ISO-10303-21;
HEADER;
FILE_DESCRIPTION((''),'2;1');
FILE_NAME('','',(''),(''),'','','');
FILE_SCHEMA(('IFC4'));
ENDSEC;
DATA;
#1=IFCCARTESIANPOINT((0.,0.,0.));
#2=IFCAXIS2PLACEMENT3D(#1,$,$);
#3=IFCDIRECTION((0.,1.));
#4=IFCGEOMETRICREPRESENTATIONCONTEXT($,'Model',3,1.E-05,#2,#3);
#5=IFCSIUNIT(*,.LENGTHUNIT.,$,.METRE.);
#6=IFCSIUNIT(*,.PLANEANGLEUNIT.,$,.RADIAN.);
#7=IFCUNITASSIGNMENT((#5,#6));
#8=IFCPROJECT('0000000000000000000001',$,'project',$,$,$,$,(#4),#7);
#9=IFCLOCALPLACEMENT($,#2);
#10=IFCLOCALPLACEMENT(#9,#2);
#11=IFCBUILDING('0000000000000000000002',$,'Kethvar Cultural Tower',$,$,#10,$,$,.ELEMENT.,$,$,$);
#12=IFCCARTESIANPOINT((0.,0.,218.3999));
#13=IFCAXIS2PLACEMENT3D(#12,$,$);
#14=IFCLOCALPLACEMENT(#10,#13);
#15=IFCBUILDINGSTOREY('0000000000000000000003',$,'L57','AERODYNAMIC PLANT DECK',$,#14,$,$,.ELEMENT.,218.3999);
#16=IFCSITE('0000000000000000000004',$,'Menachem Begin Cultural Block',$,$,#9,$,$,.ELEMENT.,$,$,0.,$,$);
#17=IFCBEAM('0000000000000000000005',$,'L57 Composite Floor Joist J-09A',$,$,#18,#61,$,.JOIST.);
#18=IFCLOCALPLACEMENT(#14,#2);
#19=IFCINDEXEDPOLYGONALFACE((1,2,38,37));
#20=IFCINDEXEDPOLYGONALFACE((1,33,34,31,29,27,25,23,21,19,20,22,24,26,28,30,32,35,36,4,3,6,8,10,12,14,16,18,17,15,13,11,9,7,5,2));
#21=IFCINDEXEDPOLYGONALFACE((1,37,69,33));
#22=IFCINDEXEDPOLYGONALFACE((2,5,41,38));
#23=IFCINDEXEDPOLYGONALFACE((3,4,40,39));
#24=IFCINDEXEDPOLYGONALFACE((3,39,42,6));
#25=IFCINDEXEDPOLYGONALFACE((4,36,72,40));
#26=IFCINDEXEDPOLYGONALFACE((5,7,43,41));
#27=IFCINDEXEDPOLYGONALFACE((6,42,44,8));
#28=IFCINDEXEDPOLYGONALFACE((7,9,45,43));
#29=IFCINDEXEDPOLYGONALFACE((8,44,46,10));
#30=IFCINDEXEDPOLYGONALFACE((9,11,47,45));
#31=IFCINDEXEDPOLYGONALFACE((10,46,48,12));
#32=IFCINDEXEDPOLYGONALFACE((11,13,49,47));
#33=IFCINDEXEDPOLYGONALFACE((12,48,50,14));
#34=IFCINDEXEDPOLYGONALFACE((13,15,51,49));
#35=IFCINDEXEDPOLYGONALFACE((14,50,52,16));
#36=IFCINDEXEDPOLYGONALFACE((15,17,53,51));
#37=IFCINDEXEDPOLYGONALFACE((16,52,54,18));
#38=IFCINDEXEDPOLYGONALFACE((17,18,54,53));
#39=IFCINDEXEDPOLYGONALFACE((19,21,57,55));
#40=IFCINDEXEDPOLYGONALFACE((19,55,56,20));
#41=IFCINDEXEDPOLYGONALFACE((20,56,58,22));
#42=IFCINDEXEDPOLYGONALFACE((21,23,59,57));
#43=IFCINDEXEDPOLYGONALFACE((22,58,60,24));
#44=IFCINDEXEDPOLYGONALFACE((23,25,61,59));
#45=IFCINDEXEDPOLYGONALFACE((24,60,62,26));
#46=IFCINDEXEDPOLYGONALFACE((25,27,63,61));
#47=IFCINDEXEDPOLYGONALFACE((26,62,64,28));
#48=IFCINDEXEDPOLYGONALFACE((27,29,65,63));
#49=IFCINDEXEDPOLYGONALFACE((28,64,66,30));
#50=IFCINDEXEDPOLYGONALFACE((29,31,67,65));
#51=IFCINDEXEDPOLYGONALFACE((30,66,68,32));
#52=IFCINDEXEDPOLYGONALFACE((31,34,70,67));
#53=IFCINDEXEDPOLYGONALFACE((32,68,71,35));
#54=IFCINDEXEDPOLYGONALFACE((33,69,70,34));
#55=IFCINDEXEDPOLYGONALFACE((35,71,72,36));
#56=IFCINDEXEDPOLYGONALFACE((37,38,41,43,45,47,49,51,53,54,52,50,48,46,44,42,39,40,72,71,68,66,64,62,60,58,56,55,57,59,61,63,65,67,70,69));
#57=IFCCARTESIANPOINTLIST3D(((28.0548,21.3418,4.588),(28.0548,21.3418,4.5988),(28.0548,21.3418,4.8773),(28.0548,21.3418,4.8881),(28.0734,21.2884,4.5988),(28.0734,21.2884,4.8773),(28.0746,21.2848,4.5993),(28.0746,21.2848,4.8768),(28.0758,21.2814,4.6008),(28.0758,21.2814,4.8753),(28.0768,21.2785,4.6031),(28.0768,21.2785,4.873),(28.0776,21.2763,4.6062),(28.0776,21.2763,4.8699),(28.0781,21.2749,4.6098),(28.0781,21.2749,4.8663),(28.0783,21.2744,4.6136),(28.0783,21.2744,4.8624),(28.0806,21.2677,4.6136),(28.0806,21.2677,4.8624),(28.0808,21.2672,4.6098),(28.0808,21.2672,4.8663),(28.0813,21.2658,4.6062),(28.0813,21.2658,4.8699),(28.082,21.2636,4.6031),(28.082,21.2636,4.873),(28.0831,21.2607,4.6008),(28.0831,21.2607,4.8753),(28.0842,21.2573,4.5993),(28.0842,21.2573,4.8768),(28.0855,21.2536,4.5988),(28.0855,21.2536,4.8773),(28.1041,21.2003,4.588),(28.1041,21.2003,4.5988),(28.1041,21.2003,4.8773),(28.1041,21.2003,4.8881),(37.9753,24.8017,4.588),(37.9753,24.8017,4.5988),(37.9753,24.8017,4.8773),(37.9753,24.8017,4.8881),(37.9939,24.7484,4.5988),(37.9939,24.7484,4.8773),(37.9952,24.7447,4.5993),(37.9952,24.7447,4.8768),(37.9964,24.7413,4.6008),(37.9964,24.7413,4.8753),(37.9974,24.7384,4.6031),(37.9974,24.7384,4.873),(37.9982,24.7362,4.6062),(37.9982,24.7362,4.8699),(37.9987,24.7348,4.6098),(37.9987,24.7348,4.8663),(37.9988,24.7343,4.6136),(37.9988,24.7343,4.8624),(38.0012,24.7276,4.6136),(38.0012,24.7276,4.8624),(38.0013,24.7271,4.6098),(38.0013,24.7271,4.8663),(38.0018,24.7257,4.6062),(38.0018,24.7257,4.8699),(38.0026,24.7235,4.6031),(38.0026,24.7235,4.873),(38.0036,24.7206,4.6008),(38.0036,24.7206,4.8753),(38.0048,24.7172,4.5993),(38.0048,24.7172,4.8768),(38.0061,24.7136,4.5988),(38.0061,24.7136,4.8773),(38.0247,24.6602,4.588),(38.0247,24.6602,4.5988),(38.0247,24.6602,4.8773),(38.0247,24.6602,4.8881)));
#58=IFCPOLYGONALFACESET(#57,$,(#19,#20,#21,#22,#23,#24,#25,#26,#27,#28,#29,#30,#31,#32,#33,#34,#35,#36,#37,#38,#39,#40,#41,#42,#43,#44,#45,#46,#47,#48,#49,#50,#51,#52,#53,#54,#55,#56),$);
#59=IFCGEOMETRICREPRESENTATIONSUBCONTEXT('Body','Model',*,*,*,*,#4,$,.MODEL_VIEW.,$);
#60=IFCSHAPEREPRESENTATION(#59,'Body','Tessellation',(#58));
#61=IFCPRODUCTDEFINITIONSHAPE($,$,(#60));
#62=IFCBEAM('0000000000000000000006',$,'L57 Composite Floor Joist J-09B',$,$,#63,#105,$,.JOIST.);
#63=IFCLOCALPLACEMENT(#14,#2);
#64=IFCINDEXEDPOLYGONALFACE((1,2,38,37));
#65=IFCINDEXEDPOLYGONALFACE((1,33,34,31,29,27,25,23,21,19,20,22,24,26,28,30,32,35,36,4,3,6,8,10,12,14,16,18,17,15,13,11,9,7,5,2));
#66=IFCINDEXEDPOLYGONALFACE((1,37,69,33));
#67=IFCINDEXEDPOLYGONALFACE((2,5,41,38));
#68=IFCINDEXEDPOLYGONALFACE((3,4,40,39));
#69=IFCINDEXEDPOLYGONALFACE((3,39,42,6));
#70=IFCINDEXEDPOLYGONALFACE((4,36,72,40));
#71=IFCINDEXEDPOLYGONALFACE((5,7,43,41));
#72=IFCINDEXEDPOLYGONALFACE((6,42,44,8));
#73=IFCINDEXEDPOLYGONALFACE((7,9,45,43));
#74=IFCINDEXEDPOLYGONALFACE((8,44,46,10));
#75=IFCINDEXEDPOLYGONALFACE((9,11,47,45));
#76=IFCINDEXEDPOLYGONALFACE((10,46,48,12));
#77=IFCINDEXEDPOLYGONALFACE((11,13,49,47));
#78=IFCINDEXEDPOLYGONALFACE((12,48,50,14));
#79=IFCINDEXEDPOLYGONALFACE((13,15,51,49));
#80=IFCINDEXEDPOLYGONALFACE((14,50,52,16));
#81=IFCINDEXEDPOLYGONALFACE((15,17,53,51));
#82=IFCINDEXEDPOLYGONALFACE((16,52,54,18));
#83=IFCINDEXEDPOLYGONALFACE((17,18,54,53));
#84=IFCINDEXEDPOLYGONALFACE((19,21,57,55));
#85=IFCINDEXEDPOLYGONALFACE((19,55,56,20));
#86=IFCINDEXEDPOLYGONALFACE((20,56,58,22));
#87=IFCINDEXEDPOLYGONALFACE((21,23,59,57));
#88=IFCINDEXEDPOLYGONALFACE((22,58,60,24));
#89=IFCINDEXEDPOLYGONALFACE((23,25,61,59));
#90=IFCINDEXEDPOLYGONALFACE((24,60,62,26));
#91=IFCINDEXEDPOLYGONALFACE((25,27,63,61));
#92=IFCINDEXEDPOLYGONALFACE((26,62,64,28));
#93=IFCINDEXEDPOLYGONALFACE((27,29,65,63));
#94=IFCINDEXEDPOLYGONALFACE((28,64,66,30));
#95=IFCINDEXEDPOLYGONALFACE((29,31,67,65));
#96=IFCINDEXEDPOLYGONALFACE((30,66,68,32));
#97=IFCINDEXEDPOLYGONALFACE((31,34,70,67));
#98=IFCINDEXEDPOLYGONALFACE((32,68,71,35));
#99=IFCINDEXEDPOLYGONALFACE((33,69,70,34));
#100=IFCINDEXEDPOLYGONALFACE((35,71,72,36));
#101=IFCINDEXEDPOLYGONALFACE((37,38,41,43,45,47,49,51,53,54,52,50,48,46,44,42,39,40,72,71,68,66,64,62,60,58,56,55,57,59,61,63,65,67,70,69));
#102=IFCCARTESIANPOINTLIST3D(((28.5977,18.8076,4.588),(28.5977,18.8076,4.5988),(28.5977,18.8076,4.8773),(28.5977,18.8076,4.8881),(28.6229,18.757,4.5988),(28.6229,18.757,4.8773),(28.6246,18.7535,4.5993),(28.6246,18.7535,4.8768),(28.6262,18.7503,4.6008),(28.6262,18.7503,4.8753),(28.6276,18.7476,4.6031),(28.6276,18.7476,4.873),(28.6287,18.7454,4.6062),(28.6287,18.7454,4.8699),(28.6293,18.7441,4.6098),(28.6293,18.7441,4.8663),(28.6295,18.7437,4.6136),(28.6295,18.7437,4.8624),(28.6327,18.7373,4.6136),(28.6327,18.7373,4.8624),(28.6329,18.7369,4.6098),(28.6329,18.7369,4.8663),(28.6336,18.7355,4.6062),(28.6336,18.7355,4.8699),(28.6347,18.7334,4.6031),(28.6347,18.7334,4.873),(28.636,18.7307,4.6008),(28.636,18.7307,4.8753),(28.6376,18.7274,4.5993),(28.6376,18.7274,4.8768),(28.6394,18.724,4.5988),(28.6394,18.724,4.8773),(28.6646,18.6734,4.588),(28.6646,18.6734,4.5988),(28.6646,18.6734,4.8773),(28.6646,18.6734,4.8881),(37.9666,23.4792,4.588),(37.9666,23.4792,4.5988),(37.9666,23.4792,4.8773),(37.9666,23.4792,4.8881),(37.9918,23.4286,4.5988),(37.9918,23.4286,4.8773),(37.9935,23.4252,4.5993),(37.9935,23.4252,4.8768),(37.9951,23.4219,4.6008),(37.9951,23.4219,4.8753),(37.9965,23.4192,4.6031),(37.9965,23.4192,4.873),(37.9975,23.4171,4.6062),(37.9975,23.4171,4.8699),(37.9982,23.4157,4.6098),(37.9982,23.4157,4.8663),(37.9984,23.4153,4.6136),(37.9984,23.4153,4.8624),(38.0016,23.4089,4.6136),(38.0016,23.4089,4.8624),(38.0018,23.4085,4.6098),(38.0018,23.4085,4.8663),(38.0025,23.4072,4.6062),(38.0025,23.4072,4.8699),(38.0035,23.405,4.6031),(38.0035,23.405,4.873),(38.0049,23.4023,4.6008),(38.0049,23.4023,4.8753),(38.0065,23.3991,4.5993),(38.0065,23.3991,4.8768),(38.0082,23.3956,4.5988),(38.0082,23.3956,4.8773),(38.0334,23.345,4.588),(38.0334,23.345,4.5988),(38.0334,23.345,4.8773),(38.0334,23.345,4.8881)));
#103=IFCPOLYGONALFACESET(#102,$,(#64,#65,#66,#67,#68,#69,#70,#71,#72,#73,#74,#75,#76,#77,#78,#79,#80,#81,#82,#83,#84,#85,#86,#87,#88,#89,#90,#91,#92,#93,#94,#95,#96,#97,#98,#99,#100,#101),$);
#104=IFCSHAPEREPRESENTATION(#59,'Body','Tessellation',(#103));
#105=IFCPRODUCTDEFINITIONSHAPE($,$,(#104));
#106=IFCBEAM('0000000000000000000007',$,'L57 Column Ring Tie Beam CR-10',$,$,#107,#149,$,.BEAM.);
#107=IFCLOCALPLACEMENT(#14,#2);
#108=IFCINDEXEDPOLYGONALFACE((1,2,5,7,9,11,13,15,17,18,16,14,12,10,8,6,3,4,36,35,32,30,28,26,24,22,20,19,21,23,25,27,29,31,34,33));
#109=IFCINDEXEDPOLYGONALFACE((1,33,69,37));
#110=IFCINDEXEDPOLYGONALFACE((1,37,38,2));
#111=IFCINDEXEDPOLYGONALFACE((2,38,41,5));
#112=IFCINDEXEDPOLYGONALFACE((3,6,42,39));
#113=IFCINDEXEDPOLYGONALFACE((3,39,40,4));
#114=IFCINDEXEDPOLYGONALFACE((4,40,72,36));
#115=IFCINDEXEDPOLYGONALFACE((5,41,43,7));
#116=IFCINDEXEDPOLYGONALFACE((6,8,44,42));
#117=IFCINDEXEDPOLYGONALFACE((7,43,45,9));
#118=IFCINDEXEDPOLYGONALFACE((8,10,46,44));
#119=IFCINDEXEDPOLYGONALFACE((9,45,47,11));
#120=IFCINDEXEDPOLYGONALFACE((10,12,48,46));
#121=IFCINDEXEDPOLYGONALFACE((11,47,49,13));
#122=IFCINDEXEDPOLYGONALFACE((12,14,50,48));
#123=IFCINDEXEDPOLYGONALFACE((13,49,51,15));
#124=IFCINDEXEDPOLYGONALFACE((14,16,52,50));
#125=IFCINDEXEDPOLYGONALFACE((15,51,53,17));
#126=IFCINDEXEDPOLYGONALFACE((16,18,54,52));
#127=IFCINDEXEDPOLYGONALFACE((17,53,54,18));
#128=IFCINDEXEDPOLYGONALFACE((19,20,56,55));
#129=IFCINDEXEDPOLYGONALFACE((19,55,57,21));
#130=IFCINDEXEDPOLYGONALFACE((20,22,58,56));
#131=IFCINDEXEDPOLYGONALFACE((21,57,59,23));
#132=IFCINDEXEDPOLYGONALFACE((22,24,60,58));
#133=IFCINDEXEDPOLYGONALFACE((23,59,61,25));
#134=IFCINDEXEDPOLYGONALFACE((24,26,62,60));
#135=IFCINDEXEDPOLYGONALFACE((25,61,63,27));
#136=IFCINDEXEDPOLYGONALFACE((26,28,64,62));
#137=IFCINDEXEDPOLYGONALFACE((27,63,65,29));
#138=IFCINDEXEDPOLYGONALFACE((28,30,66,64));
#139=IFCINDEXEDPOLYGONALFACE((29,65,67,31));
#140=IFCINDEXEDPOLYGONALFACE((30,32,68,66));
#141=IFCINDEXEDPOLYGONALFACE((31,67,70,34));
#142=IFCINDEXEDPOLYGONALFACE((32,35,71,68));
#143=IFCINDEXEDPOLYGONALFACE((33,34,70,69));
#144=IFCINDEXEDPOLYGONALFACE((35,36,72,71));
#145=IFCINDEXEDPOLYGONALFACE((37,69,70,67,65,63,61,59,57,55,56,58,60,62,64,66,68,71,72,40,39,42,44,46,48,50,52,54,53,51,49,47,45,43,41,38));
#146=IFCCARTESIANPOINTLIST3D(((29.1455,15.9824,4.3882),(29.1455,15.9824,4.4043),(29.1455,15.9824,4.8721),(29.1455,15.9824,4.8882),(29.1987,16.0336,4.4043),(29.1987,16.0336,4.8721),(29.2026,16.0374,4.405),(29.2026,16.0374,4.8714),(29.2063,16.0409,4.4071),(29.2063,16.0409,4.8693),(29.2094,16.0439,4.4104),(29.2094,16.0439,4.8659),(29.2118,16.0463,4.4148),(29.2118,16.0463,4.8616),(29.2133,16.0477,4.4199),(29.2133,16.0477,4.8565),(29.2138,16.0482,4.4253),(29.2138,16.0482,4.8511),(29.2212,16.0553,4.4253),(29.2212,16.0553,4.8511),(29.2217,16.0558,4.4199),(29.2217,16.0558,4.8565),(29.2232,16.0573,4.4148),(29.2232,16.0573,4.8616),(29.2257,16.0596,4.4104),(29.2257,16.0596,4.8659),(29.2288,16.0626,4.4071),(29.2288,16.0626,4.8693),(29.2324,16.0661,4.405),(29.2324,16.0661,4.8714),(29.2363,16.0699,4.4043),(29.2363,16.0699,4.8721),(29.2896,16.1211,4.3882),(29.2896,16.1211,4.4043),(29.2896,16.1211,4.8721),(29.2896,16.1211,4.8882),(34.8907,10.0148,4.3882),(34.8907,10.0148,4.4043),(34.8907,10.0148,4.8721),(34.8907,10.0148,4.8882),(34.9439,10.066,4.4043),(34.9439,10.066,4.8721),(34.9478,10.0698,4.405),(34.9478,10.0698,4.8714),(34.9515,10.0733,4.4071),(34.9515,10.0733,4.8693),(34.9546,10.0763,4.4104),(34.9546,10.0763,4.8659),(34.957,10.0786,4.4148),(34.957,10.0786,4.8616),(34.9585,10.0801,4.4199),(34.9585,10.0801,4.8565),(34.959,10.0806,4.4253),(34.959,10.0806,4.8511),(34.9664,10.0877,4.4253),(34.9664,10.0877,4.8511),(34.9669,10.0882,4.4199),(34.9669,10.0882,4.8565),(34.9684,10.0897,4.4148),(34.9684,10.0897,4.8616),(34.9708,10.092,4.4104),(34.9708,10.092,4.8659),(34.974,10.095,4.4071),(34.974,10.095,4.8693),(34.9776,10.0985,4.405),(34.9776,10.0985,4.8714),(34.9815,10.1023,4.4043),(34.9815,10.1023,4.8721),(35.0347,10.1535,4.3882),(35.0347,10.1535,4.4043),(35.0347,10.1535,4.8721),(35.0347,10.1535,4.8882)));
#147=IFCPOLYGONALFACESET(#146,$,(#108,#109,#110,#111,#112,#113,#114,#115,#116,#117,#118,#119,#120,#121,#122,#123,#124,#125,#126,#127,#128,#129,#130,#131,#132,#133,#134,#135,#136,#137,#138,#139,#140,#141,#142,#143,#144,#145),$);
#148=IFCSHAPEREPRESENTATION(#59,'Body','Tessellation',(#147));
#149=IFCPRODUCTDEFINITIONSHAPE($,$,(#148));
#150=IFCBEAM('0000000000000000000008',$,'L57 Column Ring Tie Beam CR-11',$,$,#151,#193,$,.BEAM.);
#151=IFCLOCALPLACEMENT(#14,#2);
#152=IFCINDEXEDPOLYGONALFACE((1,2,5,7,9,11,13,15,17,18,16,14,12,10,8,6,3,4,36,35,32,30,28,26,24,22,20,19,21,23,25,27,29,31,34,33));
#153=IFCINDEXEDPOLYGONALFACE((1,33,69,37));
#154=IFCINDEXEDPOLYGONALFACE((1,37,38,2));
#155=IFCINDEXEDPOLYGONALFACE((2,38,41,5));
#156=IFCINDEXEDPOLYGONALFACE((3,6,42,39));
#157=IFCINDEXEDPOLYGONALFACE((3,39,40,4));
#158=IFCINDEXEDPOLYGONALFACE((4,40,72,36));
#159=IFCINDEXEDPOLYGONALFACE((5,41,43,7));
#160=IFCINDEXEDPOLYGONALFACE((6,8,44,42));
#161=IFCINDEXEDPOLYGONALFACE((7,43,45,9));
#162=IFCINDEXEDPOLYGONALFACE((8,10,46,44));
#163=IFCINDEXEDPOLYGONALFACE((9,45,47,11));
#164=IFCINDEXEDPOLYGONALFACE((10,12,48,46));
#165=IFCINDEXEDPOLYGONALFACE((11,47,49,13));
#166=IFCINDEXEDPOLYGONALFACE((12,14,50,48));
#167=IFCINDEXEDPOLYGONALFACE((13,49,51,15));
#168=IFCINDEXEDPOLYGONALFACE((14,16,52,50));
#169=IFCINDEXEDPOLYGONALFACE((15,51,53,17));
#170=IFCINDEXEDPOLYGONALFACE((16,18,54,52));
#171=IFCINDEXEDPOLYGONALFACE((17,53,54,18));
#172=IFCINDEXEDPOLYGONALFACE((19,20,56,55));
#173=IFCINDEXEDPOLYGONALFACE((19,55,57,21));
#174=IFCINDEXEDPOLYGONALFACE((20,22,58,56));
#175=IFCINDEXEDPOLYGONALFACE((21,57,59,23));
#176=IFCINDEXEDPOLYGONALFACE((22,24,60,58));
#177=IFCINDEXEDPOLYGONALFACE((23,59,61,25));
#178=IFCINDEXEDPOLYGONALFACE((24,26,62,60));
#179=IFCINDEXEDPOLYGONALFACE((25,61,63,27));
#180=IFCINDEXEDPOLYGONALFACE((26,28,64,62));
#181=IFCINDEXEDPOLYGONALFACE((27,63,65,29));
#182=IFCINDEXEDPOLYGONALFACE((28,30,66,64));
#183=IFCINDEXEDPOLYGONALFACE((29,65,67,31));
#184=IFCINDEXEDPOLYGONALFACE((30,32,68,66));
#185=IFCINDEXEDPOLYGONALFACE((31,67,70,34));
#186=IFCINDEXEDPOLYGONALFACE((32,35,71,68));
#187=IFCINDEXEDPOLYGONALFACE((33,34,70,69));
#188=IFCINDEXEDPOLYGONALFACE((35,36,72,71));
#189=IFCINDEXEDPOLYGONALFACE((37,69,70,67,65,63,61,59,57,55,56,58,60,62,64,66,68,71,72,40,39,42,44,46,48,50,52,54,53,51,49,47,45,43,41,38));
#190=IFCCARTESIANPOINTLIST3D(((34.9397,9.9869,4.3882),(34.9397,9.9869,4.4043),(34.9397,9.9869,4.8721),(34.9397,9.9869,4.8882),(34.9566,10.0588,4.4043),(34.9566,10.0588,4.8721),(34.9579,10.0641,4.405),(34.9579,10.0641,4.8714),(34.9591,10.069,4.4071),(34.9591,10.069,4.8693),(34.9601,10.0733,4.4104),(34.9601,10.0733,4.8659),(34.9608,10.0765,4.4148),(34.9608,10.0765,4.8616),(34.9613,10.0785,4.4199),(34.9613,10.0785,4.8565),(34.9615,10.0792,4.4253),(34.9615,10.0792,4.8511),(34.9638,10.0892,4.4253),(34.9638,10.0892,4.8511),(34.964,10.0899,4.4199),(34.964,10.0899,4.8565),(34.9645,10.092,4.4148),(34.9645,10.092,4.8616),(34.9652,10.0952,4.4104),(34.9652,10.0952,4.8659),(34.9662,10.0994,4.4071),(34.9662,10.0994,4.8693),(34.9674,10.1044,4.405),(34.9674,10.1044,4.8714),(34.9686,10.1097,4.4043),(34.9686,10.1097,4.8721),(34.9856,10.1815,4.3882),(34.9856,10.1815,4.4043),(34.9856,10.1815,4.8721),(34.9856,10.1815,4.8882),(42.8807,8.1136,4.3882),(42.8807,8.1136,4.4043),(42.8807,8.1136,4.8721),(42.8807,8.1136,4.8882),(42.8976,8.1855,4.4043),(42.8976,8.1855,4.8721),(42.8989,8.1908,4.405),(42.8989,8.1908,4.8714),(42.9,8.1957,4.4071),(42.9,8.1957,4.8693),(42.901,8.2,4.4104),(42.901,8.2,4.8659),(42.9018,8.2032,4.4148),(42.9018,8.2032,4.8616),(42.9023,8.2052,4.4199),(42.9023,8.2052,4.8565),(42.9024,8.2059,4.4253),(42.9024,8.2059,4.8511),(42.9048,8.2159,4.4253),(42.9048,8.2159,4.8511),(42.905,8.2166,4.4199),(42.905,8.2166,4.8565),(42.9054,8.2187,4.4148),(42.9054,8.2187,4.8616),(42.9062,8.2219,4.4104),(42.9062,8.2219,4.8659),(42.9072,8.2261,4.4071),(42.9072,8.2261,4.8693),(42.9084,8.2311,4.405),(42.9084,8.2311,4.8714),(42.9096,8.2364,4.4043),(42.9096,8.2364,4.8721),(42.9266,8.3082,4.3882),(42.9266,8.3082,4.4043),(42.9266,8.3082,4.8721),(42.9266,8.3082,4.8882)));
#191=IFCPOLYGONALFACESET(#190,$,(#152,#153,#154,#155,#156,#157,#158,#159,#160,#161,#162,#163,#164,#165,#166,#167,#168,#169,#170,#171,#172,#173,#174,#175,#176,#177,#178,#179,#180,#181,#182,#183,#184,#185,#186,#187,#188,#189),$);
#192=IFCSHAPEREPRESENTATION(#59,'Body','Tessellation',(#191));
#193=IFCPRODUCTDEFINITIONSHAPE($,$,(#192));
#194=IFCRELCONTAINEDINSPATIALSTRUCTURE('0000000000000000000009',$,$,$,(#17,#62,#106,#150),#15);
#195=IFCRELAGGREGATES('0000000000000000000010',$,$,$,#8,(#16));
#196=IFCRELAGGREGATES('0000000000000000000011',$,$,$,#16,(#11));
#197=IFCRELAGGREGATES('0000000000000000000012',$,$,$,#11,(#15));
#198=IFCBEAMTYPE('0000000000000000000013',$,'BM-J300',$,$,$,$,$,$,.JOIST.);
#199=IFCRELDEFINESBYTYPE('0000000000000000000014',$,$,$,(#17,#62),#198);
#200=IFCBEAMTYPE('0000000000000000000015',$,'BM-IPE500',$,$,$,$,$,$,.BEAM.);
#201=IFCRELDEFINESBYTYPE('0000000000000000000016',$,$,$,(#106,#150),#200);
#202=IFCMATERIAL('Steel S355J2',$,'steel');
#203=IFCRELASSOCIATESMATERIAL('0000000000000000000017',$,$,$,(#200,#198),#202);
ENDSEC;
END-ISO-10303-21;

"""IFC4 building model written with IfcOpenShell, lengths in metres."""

from ifc_helpers import new_model, si_unit, direction, frame, origin, origin_2d, place, context, subcontext, project, spatial, i_section, extrude, source, transform, mapped, material, material_profile, profile_set, type_object, element, save


model = new_model("IFC4")

# Units and contexts
model_context = context("Model", 3, precision=1e-05, world=origin(), true_north=direction((0.0, 1.0)))
body_context = subcontext(model_context, "Body", "Model", "MODEL_VIEW")
ifc_project = project(units=[si_unit("LENGTHUNIT", "METRE"), si_unit("PLANEANGLEUNIT", "RADIAN")], contexts=[model_context])

# Site, building, storey
site_placement = place(None, origin())
site = spatial("IfcSite", under=ifc_project, at=site_placement, Name="Menachem Begin Cultural Block", CompositionType="ELEMENT", RefElevation=0.0)
building_placement = place(site_placement, origin())
building = spatial("IfcBuilding", under=site, at=building_placement, Name="Kethvar Cultural Tower", CompositionType="ELEMENT")
storey_placement = place(building_placement, frame((0.0, 0.0, 218.3999)))
storey = spatial("IfcBuildingStorey", under=building, at=storey_placement, Name="L57", Description="AERODYNAMIC PLANT DECK", CompositionType="ELEMENT", Elevation=218.3999)

# Beams
ifc_material_1 = material(Name="Steel S355J2", Category="steel")
ifc_material_profile_1 = material_profile(ifc_material_1, i_section(OverallWidth=0.2, OverallDepth=0.5, WebThickness=0.0103, FlangeThickness=0.0161, FilletRadius=0.021, at=origin_2d()), Name="Steel S355J2 — IPE500")
ifc_profile_set_1 = profile_set([ifc_material_profile_1], Name="Steel S355J2 — IPE500")
beam_type_1 = type_object("IfcBeamType", Name="BM-IPE500", PredefinedType="BEAM", material=ifc_profile_set_1)
ifc_material_profile_2 = material_profile(ifc_material_1, i_section(OverallWidth=0.1499, OverallDepth=0.3, WebThickness=0.0071, FlangeThickness=0.0107, FilletRadius=0.0149, at=origin_2d()), Name="Steel S355J2 — IPE300")
ifc_profile_set_2 = profile_set([ifc_material_profile_2], Name="Steel S355J2 — IPE300")
beam_type_2 = type_object("IfcBeamType", Name="BM-J300", PredefinedType="JOIST", material=ifc_profile_set_2)
shared_shape_1 = source(origin(), body_context, "Body", "SweptSolid", [
    extrude(i_section(OverallWidth=0.1499, OverallDepth=0.3, WebThickness=0.0071, FlangeThickness=0.0107, FilletRadius=0.0149, at=origin_2d()), origin(), (0.0, 0.0, 1.0), 10.5066),
])
beam_1_placement = place(storey_placement, frame((38.0, 24.731, 4.738), z_axis=(-0.944222, -0.32931, 0.0), x_axis=(0.32931, -0.944222, 0.0)))
element("IfcBeam", 1, at=beam_1_placement, inside=storey, type_object=beam_type_2, Name="L57 Composite Floor Joist J-09A", PredefinedType="JOIST", context=body_context, shape_type="MappedRepresentation", body=[
    mapped(shared_shape_1, transform((0.0, 0.0, 0.0), scale=1.0)),
])
shared_shape_2 = source(origin(), body_context, "Body", "SweptSolid", [
    extrude(i_section(OverallWidth=0.1499, OverallDepth=0.3, WebThickness=0.0071, FlangeThickness=0.0107, FilletRadius=0.0149, at=origin_2d()), origin(), (0.0, 0.0, 1.0), 10.469),
])
beam_2_placement = place(storey_placement, frame((38.0, 23.4121, 4.738), z_axis=(-0.894916, -0.446234, 0.0), x_axis=(0.446234, -0.894916, 0.0)))
element("IfcBeam", 2, at=beam_2_placement, inside=storey, type_object=beam_type_2, Name="L57 Composite Floor Joist J-09B", PredefinedType="JOIST", context=body_context, shape_type="MappedRepresentation", body=[
    mapped(shared_shape_2, transform((0.0, 0.0, 0.0), scale=1.0)),
])
shared_shape_3 = source(origin(), body_context, "Body", "SweptSolid", [
    extrude(i_section(OverallWidth=0.2, OverallDepth=0.5, WebThickness=0.0103, FlangeThickness=0.0161, FilletRadius=0.021, at=origin_2d()), origin(), (0.0, 0.0, 1.0), 8.2837),
])
beam_3_placement = place(storey_placement, frame((29.2175, 16.0518, 4.6382), z_axis=(0.693554, -0.720404, 0.0), x_axis=(0.720404, 0.693554, 0.0)))
element("IfcBeam", 3, at=beam_3_placement, inside=storey, type_object=beam_type_1, Name="L57 Column Ring Tie Beam CR-10", PredefinedType="BEAM", context=body_context, shape_type="MappedRepresentation", body=[
    mapped(shared_shape_3, transform((0.0, 0.0, 0.0), scale=1.0)),
])
shared_shape_4 = source(origin(), body_context, "Body", "SweptSolid", [
    extrude(i_section(OverallWidth=0.2, OverallDepth=0.5, WebThickness=0.0103, FlangeThickness=0.0161, FilletRadius=0.021, at=origin_2d()), origin(), (0.0, 0.0, 1.0), 8.1589),
])
beam_4_placement = place(storey_placement, frame((34.9626, 10.0842, 4.6382), z_axis=(0.973285, -0.229601, 0.0), x_axis=(0.229601, 0.973285, 0.0)))
element("IfcBeam", 4, at=beam_4_placement, inside=storey, type_object=beam_type_1, Name="L57 Column Ring Tie Beam CR-11", PredefinedType="BEAM", context=body_context, shape_type="MappedRepresentation", body=[
    mapped(shared_shape_4, transform((0.0, 0.0, 0.0), scale=1.0)),
])

save(model, "model.ifc")
